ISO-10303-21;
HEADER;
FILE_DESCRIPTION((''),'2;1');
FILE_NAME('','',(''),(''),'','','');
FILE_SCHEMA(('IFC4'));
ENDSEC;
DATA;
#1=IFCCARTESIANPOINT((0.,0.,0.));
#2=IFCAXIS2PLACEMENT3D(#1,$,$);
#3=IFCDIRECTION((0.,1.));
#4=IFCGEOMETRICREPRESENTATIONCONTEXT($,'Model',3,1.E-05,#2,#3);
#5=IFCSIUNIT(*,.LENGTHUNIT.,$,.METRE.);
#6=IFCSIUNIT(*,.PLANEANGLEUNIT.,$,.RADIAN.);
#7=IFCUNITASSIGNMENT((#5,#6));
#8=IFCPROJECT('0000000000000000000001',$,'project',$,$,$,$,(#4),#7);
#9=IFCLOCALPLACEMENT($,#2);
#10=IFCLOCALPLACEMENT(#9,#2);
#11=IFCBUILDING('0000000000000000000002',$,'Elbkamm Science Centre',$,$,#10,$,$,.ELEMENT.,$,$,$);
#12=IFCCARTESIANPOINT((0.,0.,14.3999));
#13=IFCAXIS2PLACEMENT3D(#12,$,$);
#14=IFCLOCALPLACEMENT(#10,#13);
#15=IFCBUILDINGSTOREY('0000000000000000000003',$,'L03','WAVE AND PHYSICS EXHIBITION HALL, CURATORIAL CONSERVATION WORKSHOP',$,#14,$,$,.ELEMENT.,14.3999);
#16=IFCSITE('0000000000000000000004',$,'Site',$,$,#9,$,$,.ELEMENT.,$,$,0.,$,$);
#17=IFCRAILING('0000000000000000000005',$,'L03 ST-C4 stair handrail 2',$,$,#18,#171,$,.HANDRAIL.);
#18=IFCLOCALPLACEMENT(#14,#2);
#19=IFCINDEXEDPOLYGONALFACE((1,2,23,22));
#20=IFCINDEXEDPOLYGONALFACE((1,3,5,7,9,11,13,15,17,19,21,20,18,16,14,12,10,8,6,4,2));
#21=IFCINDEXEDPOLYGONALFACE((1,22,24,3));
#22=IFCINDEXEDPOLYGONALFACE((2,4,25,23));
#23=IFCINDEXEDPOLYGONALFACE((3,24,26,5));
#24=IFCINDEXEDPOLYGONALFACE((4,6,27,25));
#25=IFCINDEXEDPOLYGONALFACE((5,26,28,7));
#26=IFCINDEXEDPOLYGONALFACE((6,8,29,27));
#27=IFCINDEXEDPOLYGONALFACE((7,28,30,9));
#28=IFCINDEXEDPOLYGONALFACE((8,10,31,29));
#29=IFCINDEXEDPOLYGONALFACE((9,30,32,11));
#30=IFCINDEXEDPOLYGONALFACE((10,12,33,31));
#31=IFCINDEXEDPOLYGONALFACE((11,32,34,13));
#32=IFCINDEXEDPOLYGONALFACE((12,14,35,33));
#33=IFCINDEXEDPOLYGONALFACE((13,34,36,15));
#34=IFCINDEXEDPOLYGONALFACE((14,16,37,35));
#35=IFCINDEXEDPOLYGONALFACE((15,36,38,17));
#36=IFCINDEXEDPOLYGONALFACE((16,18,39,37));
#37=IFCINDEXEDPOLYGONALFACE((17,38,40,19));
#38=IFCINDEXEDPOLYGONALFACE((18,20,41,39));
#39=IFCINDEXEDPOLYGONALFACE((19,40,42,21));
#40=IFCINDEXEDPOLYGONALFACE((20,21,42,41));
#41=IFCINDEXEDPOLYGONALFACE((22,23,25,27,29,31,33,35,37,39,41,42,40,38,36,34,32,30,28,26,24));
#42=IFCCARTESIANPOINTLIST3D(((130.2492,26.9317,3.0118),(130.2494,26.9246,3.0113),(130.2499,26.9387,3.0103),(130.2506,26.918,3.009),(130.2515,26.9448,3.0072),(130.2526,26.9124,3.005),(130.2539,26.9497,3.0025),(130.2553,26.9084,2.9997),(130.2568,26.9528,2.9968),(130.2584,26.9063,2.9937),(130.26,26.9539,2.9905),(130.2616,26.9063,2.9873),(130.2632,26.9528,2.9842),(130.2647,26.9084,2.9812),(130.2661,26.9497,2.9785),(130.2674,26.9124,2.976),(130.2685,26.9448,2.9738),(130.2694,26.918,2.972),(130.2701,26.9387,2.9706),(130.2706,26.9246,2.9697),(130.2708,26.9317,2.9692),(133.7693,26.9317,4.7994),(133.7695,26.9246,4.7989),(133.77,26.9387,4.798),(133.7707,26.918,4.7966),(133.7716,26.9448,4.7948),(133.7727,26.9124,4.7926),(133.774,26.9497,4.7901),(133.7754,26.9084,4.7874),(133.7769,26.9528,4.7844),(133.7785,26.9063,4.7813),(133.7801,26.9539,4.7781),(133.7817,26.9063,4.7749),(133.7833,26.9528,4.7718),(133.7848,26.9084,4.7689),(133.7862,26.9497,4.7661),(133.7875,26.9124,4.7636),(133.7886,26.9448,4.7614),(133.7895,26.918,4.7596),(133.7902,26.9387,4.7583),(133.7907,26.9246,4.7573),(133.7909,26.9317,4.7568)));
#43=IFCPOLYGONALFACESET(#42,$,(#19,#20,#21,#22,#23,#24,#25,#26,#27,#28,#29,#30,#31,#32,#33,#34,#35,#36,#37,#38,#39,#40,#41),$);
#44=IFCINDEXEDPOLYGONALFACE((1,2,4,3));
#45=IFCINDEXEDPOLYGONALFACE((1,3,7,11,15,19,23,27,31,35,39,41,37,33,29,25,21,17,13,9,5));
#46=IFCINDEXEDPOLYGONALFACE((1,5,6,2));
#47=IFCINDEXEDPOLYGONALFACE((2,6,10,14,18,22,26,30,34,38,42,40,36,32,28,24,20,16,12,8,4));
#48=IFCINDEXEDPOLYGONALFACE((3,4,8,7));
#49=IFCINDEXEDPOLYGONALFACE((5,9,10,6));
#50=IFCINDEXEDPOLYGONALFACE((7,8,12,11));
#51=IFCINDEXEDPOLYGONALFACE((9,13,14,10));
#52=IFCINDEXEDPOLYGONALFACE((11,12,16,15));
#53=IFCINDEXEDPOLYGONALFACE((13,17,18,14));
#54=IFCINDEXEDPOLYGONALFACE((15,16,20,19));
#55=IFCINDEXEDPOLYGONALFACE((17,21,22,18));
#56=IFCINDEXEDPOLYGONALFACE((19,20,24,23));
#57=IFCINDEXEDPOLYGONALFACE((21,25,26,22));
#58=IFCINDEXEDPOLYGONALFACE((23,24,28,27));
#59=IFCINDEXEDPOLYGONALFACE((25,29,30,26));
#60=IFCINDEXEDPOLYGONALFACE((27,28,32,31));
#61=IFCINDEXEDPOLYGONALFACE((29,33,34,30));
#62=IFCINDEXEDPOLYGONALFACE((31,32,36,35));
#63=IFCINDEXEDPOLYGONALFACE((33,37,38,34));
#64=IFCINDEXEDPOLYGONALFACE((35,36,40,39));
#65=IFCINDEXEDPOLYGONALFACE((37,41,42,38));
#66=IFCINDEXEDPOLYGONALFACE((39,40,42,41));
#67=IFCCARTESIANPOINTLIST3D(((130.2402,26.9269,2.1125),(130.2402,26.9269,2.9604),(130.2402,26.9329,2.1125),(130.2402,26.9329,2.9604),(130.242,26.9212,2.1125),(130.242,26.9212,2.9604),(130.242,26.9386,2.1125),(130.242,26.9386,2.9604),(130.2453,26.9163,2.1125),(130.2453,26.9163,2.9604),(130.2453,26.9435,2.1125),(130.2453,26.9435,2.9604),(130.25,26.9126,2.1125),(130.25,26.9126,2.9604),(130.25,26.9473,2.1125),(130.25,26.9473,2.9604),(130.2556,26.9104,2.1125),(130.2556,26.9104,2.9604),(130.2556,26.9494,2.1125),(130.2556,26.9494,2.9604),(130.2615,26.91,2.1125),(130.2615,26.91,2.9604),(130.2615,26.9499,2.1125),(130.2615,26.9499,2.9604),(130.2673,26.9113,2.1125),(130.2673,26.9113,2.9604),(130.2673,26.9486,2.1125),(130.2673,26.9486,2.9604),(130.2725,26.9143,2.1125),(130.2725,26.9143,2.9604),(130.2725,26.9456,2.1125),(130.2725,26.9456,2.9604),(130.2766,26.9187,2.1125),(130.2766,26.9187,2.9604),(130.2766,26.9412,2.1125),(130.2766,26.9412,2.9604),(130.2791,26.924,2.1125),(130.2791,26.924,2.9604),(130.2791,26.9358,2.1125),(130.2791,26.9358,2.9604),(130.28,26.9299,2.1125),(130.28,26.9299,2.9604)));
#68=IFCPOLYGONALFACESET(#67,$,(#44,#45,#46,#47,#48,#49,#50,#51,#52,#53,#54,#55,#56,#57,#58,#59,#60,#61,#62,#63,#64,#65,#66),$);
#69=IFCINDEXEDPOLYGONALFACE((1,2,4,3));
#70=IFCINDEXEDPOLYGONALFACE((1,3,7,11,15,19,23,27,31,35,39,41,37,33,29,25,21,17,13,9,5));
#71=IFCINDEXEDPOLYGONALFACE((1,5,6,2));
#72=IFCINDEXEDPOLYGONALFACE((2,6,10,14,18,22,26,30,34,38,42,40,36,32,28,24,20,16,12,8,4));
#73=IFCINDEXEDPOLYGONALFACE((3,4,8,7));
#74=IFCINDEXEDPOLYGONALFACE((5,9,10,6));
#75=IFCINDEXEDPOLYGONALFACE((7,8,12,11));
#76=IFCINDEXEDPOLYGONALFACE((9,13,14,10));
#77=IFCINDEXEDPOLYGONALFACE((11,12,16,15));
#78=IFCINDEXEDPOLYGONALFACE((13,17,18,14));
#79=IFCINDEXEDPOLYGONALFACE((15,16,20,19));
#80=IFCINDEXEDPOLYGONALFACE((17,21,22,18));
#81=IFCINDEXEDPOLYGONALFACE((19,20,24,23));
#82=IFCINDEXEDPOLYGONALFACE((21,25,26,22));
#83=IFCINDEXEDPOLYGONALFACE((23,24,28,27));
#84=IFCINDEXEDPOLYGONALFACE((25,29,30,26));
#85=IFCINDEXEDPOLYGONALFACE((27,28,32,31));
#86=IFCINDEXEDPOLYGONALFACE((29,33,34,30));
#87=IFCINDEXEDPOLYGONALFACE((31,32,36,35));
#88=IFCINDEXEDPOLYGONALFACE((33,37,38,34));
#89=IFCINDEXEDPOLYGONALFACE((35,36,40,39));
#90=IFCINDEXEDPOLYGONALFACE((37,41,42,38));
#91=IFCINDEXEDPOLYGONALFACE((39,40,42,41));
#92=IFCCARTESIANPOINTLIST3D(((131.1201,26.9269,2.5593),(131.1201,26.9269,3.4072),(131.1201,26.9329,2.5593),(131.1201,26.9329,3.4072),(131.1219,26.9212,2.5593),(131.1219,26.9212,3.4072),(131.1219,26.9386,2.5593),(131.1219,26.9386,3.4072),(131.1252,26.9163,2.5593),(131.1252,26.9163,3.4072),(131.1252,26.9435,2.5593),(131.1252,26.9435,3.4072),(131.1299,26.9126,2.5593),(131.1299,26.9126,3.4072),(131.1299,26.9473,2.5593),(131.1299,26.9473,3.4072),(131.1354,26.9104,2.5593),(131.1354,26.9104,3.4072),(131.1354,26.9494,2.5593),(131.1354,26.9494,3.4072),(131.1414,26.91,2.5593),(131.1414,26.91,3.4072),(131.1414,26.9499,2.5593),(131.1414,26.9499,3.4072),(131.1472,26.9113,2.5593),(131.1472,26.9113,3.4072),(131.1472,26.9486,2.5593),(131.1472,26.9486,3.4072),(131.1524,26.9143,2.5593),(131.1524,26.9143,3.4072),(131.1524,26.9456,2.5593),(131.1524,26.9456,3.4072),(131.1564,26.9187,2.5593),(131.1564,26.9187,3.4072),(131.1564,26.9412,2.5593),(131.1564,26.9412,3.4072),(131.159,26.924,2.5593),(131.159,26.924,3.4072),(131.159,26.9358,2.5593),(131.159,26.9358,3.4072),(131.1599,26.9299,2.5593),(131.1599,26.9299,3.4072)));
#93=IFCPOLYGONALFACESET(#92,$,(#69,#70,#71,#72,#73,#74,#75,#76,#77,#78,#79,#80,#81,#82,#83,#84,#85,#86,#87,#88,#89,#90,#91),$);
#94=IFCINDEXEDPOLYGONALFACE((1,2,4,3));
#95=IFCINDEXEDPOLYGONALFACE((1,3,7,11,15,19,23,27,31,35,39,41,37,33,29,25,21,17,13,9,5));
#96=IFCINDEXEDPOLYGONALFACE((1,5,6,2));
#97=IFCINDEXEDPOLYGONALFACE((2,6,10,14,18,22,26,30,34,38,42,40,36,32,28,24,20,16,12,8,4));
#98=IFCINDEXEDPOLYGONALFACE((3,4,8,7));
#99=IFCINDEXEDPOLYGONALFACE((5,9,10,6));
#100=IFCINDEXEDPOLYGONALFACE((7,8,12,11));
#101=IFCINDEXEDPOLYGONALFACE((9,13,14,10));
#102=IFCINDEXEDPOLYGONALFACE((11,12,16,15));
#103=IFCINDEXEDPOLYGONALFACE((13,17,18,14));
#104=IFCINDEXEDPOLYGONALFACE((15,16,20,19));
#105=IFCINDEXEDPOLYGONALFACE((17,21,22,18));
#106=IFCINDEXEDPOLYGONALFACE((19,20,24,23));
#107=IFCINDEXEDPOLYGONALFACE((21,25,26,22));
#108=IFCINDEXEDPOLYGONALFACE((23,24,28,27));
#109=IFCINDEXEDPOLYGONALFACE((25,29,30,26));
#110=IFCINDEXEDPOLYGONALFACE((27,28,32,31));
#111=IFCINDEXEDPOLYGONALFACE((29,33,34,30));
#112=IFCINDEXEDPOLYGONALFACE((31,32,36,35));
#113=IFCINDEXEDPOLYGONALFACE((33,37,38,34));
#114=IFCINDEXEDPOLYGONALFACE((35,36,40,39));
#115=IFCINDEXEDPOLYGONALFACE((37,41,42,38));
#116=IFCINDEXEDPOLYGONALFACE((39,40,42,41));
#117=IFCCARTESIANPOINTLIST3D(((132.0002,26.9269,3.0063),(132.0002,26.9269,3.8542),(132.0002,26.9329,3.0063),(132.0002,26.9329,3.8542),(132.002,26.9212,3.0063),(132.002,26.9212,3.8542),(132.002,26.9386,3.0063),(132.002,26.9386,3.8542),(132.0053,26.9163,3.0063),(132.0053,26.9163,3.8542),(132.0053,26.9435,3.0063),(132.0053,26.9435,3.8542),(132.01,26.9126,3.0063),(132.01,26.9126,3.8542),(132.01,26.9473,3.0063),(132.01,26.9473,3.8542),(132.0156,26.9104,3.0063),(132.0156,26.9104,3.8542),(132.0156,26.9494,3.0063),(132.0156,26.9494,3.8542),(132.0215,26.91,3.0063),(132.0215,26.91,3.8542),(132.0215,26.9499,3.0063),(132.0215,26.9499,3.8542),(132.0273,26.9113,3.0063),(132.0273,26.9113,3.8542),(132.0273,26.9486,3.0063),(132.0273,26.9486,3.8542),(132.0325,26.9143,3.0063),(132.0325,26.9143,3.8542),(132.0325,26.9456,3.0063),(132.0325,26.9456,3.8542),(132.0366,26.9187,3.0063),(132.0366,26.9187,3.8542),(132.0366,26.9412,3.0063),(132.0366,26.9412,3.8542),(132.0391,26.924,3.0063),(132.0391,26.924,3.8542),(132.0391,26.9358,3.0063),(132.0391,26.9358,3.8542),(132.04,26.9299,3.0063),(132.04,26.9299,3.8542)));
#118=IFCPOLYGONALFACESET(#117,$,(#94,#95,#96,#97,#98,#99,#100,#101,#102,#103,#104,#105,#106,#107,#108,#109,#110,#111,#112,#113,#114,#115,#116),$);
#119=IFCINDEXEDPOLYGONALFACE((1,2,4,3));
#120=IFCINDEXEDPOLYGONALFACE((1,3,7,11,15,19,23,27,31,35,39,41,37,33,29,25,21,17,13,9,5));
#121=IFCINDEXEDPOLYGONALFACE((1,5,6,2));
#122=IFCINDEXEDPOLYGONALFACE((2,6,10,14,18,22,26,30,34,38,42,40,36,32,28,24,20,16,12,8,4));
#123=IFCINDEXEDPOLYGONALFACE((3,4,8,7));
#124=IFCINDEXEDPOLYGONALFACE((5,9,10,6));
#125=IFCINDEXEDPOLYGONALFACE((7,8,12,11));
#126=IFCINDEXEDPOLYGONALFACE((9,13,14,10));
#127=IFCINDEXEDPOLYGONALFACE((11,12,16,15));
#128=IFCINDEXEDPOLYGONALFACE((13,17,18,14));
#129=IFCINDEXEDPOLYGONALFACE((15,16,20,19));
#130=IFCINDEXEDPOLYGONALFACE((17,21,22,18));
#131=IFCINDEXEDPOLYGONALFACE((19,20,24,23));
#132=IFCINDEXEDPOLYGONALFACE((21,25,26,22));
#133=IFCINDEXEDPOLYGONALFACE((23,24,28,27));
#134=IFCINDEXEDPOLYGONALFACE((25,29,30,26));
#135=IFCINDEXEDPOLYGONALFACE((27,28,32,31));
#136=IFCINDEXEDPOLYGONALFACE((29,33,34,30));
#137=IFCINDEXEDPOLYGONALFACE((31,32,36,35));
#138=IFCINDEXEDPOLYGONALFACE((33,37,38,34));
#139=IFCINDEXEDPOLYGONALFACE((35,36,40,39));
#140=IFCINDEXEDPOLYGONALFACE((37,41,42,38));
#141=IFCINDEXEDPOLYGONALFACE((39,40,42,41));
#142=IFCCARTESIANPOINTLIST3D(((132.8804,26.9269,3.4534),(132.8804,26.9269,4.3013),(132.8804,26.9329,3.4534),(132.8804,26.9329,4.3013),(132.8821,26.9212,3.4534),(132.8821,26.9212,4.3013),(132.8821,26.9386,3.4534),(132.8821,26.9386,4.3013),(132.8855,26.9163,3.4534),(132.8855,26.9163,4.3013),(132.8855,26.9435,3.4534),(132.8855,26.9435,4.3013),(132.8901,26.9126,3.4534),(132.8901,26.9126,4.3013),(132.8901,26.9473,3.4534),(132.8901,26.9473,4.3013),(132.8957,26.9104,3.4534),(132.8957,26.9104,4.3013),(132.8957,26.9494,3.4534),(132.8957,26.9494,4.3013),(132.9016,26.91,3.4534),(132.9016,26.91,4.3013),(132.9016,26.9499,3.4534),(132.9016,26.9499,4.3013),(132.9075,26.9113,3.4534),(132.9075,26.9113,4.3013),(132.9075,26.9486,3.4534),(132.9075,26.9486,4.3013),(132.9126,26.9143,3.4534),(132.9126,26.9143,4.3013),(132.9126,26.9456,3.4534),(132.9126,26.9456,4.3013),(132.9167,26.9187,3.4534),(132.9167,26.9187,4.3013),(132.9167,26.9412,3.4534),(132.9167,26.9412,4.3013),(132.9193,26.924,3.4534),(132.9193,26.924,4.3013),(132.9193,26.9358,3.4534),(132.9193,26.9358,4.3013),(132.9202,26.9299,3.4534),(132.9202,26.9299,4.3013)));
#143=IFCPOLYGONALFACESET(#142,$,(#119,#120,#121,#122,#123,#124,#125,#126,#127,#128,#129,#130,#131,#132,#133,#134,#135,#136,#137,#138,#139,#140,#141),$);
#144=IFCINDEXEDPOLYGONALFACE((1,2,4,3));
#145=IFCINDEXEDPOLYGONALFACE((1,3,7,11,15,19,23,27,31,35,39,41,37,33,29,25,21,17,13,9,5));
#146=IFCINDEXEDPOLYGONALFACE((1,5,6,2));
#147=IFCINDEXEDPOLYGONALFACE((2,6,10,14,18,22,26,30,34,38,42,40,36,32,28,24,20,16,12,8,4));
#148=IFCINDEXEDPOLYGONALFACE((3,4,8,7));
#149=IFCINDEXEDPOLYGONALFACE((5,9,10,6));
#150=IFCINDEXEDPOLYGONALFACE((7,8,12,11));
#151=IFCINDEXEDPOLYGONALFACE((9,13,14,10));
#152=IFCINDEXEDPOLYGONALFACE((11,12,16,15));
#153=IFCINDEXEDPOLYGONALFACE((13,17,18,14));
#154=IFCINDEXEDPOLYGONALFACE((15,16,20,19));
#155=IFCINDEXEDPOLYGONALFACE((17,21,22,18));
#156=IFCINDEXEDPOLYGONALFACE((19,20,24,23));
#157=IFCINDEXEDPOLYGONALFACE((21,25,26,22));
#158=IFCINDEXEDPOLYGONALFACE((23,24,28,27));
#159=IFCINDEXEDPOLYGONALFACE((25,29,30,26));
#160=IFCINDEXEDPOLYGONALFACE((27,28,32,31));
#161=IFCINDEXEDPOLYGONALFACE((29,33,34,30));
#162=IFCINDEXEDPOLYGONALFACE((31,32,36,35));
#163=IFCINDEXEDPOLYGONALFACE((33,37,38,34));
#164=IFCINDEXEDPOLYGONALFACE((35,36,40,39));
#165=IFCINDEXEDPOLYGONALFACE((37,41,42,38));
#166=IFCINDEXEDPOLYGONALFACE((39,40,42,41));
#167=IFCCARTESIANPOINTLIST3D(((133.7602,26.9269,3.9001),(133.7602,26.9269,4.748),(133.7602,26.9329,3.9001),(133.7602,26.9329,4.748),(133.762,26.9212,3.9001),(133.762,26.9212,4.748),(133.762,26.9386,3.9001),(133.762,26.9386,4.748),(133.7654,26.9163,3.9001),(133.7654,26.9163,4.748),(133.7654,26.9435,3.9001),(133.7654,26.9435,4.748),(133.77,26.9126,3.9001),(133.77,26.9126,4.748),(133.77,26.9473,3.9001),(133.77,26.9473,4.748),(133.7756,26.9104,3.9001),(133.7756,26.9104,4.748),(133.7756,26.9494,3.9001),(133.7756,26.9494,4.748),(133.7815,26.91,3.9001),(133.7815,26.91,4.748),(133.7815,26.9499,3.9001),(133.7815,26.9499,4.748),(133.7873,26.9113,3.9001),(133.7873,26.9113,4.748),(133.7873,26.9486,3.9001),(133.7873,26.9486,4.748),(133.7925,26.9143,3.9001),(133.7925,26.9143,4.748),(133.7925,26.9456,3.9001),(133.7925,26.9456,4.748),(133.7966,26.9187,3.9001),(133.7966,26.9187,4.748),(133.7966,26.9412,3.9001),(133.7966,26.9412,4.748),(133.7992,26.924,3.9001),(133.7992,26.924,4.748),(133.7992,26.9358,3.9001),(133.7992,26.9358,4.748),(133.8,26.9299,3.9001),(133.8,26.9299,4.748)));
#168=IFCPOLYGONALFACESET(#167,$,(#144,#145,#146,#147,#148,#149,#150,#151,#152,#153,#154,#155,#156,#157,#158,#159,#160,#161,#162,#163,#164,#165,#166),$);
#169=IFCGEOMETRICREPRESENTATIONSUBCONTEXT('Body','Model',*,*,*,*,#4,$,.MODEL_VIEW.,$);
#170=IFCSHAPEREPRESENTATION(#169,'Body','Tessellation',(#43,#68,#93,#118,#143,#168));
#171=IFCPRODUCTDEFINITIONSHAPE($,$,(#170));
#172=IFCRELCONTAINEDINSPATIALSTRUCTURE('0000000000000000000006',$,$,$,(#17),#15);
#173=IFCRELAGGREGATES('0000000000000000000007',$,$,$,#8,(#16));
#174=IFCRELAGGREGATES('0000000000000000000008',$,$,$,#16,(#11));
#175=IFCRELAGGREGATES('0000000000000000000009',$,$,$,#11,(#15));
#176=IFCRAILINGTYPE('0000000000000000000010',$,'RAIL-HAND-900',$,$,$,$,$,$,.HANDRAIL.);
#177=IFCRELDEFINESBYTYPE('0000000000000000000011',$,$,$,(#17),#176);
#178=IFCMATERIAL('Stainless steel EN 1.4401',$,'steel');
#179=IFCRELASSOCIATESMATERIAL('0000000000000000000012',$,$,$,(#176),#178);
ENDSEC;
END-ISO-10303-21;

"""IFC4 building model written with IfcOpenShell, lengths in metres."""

from ifc_helpers import new_model, si_unit, direction, frame, origin, origin_2d, place, context, subcontext, project, spatial, circle, extrude, material, type_object, element, save


model = new_model("IFC4")

# Units and contexts
model_context = context("Model", 3, precision=1e-05, world=origin(), true_north=direction((0.0, 1.0)))
body_context = subcontext(model_context, "Body", "Model", "MODEL_VIEW")
ifc_project = project(units=[si_unit("LENGTHUNIT", "METRE"), si_unit("PLANEANGLEUNIT", "RADIAN")], contexts=[model_context])

# Site, building, storey
site_placement = place(None, origin())
site = spatial("IfcSite", under=ifc_project, at=site_placement, Name="Site", CompositionType="ELEMENT", RefElevation=0.0)
building_placement = place(site_placement, origin())
building = spatial("IfcBuilding", under=site, at=building_placement, Name="Elbkamm Science Centre", CompositionType="ELEMENT")
storey_placement = place(building_placement, frame((0.0, 0.0, 14.3999)))
storey = spatial("IfcBuildingStorey", under=building, at=storey_placement, Name="L03", Description="WAVE AND PHYSICS EXHIBITION HALL, CURATORIAL CONSERVATION WORKSHOP", CompositionType="ELEMENT", Elevation=14.3999)

# Railing
ifc_material_1 = material(Name="Stainless steel EN 1.4401", Category="steel")
railing_type_1 = type_object("IfcRailingType", Name="RAIL-HAND-900", PredefinedType="HANDRAIL", material=ifc_material_1)
railing_1_placement = place(storey_placement, frame((130.26, 26.9299, 2.1125)))
element("IfcRailing", 1, at=railing_1_placement, inside=storey, type_object=railing_type_1, Name="L03 ST-C4 stair handrail 2", PredefinedType="HANDRAIL", context=body_context, shape_type="SweptSolid", body=[
    extrude(circle(Radius=0.0239, at=origin_2d()), frame((0.0, 0.0, 0.8779), z_axis=(0.891615, 0.0, 0.452795), x_axis=(0.0, 1.0, 0.0)), (0.0, 0.0, 1.0), 3.948),
    extrude(circle(Radius=0.02, at=origin_2d()), origin(), (0.0, 0.0, 1.0), 0.8479),
    extrude(circle(Radius=0.02, at=origin_2d()), frame((0.8799, 0.0, 0.4468)), (0.0, 0.0, 1.0), 0.8479),
    extrude(circle(Radius=0.02, at=origin_2d()), frame((1.76, 0.0, 0.8938)), (0.0, 0.0, 1.0), 0.8479),
    extrude(circle(Radius=0.02, at=origin_2d()), frame((2.6401, 0.0, 1.3408)), (0.0, 0.0, 1.0), 0.8479),
    extrude(circle(Radius=0.02, at=origin_2d()), frame((3.52, 0.0, 1.7876)), (0.0, 0.0, 1.0), 0.8479),
])

save(model, "model.ifc")
